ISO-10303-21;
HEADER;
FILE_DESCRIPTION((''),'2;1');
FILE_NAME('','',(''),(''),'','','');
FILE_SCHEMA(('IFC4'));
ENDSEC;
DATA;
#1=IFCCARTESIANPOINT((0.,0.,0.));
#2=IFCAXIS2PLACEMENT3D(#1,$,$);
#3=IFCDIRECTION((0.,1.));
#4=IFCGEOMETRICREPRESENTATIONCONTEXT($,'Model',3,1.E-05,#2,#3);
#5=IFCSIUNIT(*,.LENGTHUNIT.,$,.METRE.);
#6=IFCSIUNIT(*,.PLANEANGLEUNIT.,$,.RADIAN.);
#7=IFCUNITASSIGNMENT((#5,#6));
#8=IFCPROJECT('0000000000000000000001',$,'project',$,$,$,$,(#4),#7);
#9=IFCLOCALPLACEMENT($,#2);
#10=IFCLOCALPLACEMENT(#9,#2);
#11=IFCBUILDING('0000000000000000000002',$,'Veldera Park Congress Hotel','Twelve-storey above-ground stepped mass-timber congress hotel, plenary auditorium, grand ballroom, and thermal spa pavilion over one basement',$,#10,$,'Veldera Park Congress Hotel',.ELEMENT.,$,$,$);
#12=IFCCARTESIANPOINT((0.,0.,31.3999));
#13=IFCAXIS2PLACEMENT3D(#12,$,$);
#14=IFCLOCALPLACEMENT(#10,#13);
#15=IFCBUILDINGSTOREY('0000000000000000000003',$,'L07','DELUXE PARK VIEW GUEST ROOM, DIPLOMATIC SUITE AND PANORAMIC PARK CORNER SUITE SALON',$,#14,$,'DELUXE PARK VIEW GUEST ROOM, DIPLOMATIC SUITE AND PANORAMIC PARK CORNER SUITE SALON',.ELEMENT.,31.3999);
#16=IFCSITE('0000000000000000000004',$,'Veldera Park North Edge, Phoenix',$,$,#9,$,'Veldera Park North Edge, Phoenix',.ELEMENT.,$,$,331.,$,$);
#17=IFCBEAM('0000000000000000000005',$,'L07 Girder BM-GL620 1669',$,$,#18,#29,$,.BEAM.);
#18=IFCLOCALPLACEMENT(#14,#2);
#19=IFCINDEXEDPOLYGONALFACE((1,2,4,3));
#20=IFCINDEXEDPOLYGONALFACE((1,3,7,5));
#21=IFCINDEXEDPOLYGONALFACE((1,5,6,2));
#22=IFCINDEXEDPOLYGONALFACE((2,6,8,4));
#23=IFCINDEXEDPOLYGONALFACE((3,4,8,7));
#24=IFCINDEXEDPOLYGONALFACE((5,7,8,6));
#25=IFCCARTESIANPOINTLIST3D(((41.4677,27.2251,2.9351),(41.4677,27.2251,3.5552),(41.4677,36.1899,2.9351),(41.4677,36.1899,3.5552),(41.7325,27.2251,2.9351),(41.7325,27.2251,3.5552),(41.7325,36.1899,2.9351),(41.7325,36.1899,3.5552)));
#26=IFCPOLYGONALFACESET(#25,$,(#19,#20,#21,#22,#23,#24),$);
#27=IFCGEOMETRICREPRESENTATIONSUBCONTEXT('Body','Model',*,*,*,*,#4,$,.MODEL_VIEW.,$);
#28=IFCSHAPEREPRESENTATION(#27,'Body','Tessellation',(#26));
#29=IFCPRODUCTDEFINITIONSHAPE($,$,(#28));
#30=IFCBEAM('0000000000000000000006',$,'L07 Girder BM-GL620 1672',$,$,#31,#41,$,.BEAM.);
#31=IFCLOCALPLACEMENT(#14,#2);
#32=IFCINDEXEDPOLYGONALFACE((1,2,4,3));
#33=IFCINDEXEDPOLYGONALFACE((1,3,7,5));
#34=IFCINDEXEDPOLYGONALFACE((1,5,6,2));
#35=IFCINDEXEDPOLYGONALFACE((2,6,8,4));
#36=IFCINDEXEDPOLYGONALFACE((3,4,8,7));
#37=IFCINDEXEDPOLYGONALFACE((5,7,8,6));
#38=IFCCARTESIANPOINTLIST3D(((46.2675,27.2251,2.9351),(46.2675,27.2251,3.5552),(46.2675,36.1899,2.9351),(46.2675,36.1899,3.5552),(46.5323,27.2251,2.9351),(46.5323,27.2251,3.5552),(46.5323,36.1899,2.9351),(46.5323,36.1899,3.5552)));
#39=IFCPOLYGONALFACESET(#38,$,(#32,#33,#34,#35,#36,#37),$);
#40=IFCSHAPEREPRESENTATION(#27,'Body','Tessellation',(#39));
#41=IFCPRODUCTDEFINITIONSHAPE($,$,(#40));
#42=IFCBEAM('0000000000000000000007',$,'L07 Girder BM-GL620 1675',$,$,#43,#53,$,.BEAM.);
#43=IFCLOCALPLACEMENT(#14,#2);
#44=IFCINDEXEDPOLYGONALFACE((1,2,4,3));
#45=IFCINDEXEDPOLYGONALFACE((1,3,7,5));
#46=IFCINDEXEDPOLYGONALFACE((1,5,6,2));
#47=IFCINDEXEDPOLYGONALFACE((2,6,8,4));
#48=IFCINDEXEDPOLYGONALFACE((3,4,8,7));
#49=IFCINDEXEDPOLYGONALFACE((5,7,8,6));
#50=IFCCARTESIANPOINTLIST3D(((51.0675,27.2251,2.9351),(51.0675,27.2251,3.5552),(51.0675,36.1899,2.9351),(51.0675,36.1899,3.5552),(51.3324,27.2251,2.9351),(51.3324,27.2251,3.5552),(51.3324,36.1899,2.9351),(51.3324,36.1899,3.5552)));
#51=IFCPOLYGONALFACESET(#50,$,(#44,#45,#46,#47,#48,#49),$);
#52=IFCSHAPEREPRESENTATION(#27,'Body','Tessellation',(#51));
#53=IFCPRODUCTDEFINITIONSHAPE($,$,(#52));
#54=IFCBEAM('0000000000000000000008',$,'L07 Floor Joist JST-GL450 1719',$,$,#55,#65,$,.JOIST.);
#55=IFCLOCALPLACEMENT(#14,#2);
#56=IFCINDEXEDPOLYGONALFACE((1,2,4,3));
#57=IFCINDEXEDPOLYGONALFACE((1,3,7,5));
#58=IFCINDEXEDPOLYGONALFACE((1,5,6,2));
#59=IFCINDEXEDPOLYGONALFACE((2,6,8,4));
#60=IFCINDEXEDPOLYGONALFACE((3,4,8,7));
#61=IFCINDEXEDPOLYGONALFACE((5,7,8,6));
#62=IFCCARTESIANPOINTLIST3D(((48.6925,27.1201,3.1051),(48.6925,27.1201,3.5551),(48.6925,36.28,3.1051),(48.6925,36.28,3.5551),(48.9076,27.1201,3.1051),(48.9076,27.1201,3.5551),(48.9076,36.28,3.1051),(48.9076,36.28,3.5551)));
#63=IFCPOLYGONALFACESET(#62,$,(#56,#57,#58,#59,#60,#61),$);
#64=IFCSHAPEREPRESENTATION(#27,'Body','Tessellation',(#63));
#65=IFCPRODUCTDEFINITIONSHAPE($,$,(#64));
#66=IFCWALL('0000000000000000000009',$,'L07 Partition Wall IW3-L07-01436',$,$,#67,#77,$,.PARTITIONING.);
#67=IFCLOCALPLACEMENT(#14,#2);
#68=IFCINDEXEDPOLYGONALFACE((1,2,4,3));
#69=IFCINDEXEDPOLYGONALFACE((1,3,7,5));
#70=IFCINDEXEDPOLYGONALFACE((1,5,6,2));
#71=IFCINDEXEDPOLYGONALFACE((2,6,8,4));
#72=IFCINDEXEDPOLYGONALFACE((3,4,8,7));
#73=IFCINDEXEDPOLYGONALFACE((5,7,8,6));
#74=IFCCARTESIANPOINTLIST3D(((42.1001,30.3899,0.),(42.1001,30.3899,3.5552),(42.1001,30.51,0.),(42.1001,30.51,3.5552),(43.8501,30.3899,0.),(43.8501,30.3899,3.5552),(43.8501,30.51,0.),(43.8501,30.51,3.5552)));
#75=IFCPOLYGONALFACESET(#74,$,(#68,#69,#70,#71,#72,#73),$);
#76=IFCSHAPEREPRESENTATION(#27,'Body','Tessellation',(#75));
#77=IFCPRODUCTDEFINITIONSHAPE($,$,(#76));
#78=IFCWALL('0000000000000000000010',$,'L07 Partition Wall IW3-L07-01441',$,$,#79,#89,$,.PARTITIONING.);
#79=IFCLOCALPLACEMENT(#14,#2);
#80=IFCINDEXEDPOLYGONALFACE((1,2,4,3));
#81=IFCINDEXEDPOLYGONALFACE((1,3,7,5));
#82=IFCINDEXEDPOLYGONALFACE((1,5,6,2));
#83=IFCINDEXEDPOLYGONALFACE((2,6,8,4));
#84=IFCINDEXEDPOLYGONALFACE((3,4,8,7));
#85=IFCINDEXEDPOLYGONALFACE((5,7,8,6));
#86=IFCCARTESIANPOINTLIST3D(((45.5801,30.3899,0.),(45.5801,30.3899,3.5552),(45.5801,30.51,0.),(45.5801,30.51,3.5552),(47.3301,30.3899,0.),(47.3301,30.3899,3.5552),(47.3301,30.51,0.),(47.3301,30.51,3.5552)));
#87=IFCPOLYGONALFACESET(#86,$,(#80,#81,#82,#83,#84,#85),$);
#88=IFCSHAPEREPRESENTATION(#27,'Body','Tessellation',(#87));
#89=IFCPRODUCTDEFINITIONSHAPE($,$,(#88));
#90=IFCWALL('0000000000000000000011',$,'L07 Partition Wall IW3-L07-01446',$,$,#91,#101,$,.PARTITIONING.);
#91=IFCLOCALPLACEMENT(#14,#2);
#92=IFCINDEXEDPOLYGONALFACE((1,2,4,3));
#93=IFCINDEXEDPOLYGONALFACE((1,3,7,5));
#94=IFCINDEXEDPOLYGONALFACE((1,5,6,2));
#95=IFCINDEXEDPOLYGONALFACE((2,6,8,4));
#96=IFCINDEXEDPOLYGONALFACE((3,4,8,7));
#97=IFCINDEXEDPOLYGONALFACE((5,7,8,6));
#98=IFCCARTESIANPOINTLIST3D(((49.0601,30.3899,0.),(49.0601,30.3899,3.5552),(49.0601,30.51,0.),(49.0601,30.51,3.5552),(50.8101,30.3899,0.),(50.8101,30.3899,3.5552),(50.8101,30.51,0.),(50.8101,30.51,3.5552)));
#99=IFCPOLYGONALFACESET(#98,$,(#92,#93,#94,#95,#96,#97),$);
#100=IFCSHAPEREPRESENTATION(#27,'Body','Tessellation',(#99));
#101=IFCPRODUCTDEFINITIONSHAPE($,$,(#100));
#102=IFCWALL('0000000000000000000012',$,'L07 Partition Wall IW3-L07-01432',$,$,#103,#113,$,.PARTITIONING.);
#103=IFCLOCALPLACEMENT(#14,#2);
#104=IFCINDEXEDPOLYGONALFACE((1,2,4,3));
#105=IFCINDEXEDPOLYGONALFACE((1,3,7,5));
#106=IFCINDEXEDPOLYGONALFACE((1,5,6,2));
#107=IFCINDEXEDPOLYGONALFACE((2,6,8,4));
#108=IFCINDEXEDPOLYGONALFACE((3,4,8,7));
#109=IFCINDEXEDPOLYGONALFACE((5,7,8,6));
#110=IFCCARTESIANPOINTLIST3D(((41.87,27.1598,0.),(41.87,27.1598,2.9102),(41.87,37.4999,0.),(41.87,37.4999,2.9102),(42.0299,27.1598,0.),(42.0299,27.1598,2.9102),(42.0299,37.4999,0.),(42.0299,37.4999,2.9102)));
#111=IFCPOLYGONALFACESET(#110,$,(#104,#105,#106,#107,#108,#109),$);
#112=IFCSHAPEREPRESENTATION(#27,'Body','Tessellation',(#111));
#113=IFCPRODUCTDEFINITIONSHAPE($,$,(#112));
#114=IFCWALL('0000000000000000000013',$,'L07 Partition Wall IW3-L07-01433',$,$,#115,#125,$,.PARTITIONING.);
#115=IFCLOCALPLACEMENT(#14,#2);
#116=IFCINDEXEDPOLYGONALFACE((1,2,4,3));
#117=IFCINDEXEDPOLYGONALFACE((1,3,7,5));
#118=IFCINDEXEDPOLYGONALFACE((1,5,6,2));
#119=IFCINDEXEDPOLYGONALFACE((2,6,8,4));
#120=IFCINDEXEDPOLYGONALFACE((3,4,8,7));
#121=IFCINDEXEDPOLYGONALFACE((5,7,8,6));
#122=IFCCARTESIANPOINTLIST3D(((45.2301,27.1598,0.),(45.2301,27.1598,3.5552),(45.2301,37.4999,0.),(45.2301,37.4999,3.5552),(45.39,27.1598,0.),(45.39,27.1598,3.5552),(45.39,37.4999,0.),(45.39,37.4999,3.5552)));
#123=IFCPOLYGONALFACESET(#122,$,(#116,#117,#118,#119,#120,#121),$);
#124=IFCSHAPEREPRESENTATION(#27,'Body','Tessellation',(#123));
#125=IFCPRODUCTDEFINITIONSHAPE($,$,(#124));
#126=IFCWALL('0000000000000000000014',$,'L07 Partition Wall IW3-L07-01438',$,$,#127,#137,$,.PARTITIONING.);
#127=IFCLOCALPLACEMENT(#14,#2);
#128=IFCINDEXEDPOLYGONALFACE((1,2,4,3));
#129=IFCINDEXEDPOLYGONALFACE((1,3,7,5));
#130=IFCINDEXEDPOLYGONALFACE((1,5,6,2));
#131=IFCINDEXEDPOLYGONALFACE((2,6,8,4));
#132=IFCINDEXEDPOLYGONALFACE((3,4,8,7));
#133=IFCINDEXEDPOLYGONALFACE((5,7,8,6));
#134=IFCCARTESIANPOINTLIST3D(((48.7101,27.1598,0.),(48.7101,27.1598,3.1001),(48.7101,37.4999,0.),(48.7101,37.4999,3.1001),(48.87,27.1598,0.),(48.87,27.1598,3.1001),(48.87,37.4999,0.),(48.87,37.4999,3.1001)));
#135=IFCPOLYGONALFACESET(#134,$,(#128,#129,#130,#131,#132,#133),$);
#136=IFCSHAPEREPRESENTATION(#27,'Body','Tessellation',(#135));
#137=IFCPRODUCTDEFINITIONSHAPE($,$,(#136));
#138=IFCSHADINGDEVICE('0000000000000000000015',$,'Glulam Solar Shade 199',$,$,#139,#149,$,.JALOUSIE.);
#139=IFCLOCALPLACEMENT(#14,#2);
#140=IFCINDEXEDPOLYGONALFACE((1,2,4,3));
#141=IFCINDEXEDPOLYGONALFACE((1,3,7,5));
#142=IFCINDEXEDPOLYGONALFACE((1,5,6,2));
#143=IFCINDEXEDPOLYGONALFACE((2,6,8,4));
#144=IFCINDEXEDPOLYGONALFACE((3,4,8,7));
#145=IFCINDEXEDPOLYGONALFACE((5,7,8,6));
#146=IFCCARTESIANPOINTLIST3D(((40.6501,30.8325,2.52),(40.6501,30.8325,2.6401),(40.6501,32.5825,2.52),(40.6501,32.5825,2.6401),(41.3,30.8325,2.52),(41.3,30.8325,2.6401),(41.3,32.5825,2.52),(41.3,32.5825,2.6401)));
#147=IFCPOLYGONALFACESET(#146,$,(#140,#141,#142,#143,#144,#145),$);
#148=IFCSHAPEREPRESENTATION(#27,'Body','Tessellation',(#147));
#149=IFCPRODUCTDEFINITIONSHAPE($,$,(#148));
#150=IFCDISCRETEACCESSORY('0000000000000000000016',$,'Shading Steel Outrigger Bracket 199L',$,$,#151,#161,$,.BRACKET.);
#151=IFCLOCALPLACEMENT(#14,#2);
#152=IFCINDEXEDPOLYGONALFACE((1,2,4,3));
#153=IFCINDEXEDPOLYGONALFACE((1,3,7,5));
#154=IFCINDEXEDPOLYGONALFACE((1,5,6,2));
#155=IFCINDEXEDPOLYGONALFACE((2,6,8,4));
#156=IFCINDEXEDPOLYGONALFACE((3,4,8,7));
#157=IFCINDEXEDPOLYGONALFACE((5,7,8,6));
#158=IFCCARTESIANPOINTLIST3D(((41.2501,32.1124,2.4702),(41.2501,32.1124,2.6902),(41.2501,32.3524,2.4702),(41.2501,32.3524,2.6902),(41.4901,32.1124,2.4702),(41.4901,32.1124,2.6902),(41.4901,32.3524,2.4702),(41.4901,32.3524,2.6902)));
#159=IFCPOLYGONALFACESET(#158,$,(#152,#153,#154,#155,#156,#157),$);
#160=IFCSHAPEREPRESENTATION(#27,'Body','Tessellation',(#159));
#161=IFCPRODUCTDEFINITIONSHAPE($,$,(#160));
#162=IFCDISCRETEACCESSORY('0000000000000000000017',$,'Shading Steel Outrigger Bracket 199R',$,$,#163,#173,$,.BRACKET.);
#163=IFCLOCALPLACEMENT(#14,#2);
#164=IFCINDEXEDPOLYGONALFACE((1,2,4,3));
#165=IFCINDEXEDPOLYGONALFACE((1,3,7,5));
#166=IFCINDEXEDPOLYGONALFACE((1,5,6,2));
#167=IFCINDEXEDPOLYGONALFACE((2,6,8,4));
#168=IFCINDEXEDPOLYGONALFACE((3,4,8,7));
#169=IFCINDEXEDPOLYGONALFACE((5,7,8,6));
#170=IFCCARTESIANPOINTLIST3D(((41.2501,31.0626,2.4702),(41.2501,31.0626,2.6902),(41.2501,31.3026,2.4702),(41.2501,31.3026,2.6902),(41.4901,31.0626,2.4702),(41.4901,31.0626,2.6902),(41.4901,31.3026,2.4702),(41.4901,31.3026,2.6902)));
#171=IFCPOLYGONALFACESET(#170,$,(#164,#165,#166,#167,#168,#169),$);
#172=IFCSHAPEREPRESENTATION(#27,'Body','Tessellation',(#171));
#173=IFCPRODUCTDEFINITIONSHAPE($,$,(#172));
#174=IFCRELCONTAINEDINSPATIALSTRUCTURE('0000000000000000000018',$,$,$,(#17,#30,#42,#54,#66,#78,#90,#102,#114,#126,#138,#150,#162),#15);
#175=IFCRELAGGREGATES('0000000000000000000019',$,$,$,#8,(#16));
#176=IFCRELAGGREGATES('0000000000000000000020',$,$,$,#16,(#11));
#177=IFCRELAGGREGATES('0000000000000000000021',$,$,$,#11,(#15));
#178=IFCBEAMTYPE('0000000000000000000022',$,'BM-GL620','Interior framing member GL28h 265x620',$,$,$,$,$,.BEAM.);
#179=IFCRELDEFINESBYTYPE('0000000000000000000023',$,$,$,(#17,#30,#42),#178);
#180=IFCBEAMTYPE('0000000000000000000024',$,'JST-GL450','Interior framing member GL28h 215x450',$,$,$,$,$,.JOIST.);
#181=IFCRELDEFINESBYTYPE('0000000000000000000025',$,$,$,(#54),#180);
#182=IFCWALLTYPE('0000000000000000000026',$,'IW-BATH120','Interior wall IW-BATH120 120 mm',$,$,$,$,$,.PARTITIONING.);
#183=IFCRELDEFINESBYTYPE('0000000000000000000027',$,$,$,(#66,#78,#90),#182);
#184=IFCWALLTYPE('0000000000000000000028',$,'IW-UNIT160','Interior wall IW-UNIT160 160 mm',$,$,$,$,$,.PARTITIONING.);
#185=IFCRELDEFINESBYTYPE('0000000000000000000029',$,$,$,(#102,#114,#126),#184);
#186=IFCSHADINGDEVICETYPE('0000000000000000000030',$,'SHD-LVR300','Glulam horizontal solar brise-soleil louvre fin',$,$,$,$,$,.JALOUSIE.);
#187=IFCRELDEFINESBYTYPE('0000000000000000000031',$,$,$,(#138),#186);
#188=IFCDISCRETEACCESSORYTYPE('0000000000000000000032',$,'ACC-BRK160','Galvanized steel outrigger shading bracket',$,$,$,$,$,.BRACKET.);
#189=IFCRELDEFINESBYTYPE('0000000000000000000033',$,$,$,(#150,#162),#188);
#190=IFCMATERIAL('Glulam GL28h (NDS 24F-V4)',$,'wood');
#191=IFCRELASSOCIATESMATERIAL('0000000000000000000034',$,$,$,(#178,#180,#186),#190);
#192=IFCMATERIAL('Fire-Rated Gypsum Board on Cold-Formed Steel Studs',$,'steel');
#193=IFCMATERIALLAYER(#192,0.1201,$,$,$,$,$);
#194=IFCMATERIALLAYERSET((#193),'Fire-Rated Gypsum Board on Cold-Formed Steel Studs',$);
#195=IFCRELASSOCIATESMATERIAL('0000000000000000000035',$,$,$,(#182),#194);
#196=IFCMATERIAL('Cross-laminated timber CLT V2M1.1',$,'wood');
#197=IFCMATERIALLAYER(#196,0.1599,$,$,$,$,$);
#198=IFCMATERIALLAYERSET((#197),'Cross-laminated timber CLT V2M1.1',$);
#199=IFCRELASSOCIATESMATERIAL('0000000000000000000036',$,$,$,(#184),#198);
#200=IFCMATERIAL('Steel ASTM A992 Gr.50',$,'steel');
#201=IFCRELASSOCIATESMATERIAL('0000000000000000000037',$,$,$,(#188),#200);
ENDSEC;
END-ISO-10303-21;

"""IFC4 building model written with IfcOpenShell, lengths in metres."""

from ifc_helpers import new_model, si_unit, direction, frame, frame_2d, origin, origin_2d, place, context, subcontext, project, spatial, rectangle, extrude, material, layer, layer_set, material_profile, profile_set, type_object, element, save


model = new_model("IFC4")

# Units and contexts
model_context = context("Model", 3, precision=1e-05, world=origin(), true_north=direction((0.0, 1.0)))
body_context = subcontext(model_context, "Body", "Model", "MODEL_VIEW")
ifc_project = project(units=[si_unit("LENGTHUNIT", "METRE"), si_unit("PLANEANGLEUNIT", "RADIAN")], contexts=[model_context])

# Site, building, storey
site_placement = place(None, origin())
site = spatial("IfcSite", under=ifc_project, at=site_placement, Name="Veldera Park North Edge, Phoenix", LongName="Veldera Park North Edge, Phoenix", CompositionType="ELEMENT", RefElevation=331.0)
building_placement = place(site_placement, origin())
building = spatial("IfcBuilding", under=site, at=building_placement, Name="Veldera Park Congress Hotel", Description="Twelve-storey above-ground stepped mass-timber congress hotel, plenary auditorium, grand ballroom, and thermal spa pavilion over one basement", LongName="Veldera Park Congress Hotel", CompositionType="ELEMENT")
storey_placement = place(building_placement, frame((0.0, 0.0, 31.3999)))
storey = spatial("IfcBuildingStorey", under=building, at=storey_placement, Name="L07", Description="DELUXE PARK VIEW GUEST ROOM, DIPLOMATIC SUITE AND PANORAMIC PARK CORNER SUITE SALON", LongName="DELUXE PARK VIEW GUEST ROOM, DIPLOMATIC SUITE AND PANORAMIC PARK CORNER SUITE SALON", CompositionType="ELEMENT", Elevation=31.3999)

# Beams
ifc_material_1 = material(Name="Glulam GL28h (NDS 24F-V4)", Category="wood")
ifc_material_profile_1 = material_profile(ifc_material_1, rectangle(XDim=0.2649, YDim=0.6201, at=origin_2d()), Name="GL28h 265x620")
ifc_profile_set_1 = profile_set([ifc_material_profile_1], Name="Glulam GL28h (NDS 24F-V4)")
beam_type_1 = type_object("IfcBeamType", Name="BM-GL620", Description="Interior framing member GL28h 265x620", PredefinedType="BEAM", material=ifc_profile_set_1)
for number, where, z_axis, x_axis, name in (
    (1, (41.6001, 27.2251, 3.2451), (0.0, 1.0, 0.0), (-1.0, 0.0, 0.0), "L07 Girder BM-GL620 1669"),
    (2, (46.3999, 27.2251, 3.2451), (0.0, 1.0, 0.0), (-1.0, 0.0, 0.0), "L07 Girder BM-GL620 1672"),
    (3, (51.2, 27.2251, 3.2451), (0.0, 1.0, 0.0), (-1.0, 0.0, 0.0), "L07 Girder BM-GL620 1675"),
):
    element("IfcBeam", number, at=place(storey_placement, frame(where, z_axis=z_axis, x_axis=x_axis)), inside=storey, type_object=beam_type_1, Name=name, PredefinedType="BEAM", context=body_context, shape_type="SweptSolid", body=[
        extrude(rectangle(XDim=0.2649, YDim=0.6201, at=origin_2d()), origin(), (0.0, 0.0, 1.0), 8.9648),
    ])
ifc_material_profile_2 = material_profile(ifc_material_1, rectangle(XDim=0.2151, YDim=0.45, at=origin_2d()), Name="GL28h 215x450")
ifc_profile_set_2 = profile_set([ifc_material_profile_2], Name="Glulam GL28h (NDS 24F-V4)")
beam_type_2 = type_object("IfcBeamType", Name="JST-GL450", Description="Interior framing member GL28h 215x450", PredefinedType="JOIST", material=ifc_profile_set_2)
beam_placement = place(storey_placement, frame((48.8, 27.1201, 3.3301), z_axis=(0.0, 1.0, 0.0), x_axis=(-1.0, 0.0, 0.0)))
element("IfcBeam", 4, at=beam_placement, inside=storey, type_object=beam_type_2, Name="L07 Floor Joist JST-GL450 1719", PredefinedType="JOIST", context=body_context, shape_type="SweptSolid", body=[
    extrude(rectangle(XDim=0.2151, YDim=0.45, at=origin_2d()), origin(), (0.0, 0.0, 1.0), 9.1599),
])

# Shared definitions
ifc_material_2 = material(Name="Fire-Rated Gypsum Board on Cold-Formed Steel Studs", Category="steel")
ifc_layer_1 = layer(ifc_material_2, 0.1201)
ifc_layer_set_1 = layer_set([ifc_layer_1], Name="Fire-Rated Gypsum Board on Cold-Formed Steel Studs")
wall_type_1 = type_object("IfcWallType", Name="IW-BATH120", Description="Interior wall IW-BATH120 120 mm", PredefinedType="PARTITIONING", material=ifc_layer_set_1)

# Wall
wall_1_placement = place(storey_placement, frame((42.1001, 30.45, 0.0), z_axis=(0.0, 0.0, 1.0), x_axis=(1.0, 0.0, 0.0)))
element("IfcWall", 5, at=wall_1_placement, inside=storey, type_object=wall_type_1, Name="L07 Partition Wall IW3-L07-01436", PredefinedType="PARTITIONING", context=body_context, shape_type="SweptSolid", body=[
    extrude(rectangle(XDim=1.75, YDim=0.1201, at=frame_2d((0.875, 0.0))), origin(), (0.0, 0.0, 1.0), 3.5552),
])

# Wall
wall_2_placement = place(storey_placement, frame((45.5801, 30.45, 0.0), z_axis=(0.0, 0.0, 1.0), x_axis=(1.0, 0.0, 0.0)))
element("IfcWall", 6, at=wall_2_placement, inside=storey, type_object=wall_type_1, Name="L07 Partition Wall IW3-L07-01441", PredefinedType="PARTITIONING", context=body_context, shape_type="SweptSolid", body=[
    extrude(rectangle(XDim=1.75, YDim=0.1201, at=frame_2d((0.875, 0.0))), origin(), (0.0, 0.0, 1.0), 3.5552),
])

# Walls
wall_3_placement = place(storey_placement, frame((49.0601, 30.45, 0.0), z_axis=(0.0, 0.0, 1.0), x_axis=(1.0, 0.0, 0.0)))
element("IfcWall", 7, at=wall_3_placement, inside=storey, type_object=wall_type_1, Name="L07 Partition Wall IW3-L07-01446", PredefinedType="PARTITIONING", context=body_context, shape_type="SweptSolid", body=[
    extrude(rectangle(XDim=1.75, YDim=0.1201, at=frame_2d((0.875, 0.0))), origin(), (0.0, 0.0, 1.0), 3.5552),
])
ifc_material_3 = material(Name="Cross-laminated timber CLT V2M1.1", Category="wood")
ifc_layer_2 = layer(ifc_material_3, 0.1599)
ifc_layer_set_2 = layer_set([ifc_layer_2], Name="Cross-laminated timber CLT V2M1.1")
wall_type_2 = type_object("IfcWallType", Name="IW-UNIT160", Description="Interior wall IW-UNIT160 160 mm", PredefinedType="PARTITIONING", material=ifc_layer_set_2)
wall_4_placement = place(storey_placement, frame((41.95, 27.1599, 0.0), z_axis=(0.0, 0.0, 1.0), x_axis=(0.0, 1.0, 0.0)))
element("IfcWall", 8, at=wall_4_placement, inside=storey, type_object=wall_type_2, Name="L07 Partition Wall IW3-L07-01432", PredefinedType="PARTITIONING", context=body_context, shape_type="SweptSolid", body=[
    extrude(rectangle(XDim=10.3401, YDim=0.1599, at=frame_2d((5.1699, 0.0))), origin(), (0.0, 0.0, 1.0), 2.9102),
])
wall_5_placement = place(storey_placement, frame((45.3101, 27.1599, 0.0), z_axis=(0.0, 0.0, 1.0), x_axis=(0.0, 1.0, 0.0)))
element("IfcWall", 9, at=wall_5_placement, inside=storey, type_object=wall_type_2, Name="L07 Partition Wall IW3-L07-01433", PredefinedType="PARTITIONING", context=body_context, shape_type="SweptSolid", body=[
    extrude(rectangle(XDim=10.3401, YDim=0.1599, at=frame_2d((5.1699, 0.0))), origin(), (0.0, 0.0, 1.0), 3.5552),
])
wall_6_placement = place(storey_placement, frame((48.79, 27.1599, 0.0), z_axis=(0.0, 0.0, 1.0), x_axis=(0.0, 1.0, 0.0)))
element("IfcWall", 10, at=wall_6_placement, inside=storey, type_object=wall_type_2, Name="L07 Partition Wall IW3-L07-01438", PredefinedType="PARTITIONING", context=body_context, shape_type="SweptSolid", body=[
    extrude(rectangle(XDim=10.3401, YDim=0.1599, at=frame_2d((5.1699, 0.0))), origin(), (0.0, 0.0, 1.0), 3.1001),
])

# Shading device
shading_device_type = type_object("IfcShadingDeviceType", Name="SHD-LVR300", Description="Glulam horizontal solar brise-soleil louvre fin", PredefinedType="JALOUSIE", material=ifc_material_1)
shading_device_placement = place(storey_placement, frame((40.9751, 31.7075, 2.52), z_axis=(0.0, 0.0, 1.0), x_axis=(0.0, -1.0, 0.0)))
element("IfcShadingDevice", 11, at=shading_device_placement, inside=storey, type_object=shading_device_type, Name="Glulam Solar Shade 199", PredefinedType="JALOUSIE", context=body_context, shape_type="SweptSolid", body=[
    extrude(rectangle(XDim=1.75, YDim=0.6499, at=origin_2d()), origin(), (0.0, 0.0, 1.0), 0.1201),
])

# Discrete accessories
ifc_material_4 = material(Name="Steel ASTM A992 Gr.50", Category="steel")
discrete_accessory_type = type_object("IfcDiscreteAccessoryType", Name="ACC-BRK160", Description="Galvanized steel outrigger shading bracket", PredefinedType="BRACKET", material=ifc_material_4)
for number, where, z_axis, x_axis, name in (
    (12, (41.3701, 32.2324, 2.4702), (0.0, 0.0, 1.0), (0.0, -1.0, 0.0), "Shading Steel Outrigger Bracket 199L"),
    (13, (41.3701, 31.1826, 2.4702), (0.0, 0.0, 1.0), (0.0, -1.0, 0.0), "Shading Steel Outrigger Bracket 199R"),
):
    element("IfcDiscreteAccessory", number, at=place(storey_placement, frame(where, z_axis=z_axis, x_axis=x_axis)), inside=storey, type_object=discrete_accessory_type, Name=name, PredefinedType="BRACKET", context=body_context, shape_type="SweptSolid", body=[
        extrude(rectangle(XDim=0.24, YDim=0.24, at=origin_2d()), origin(), (0.0, 0.0, 1.0), 0.22),
    ])

save(model, "model.ifc")
